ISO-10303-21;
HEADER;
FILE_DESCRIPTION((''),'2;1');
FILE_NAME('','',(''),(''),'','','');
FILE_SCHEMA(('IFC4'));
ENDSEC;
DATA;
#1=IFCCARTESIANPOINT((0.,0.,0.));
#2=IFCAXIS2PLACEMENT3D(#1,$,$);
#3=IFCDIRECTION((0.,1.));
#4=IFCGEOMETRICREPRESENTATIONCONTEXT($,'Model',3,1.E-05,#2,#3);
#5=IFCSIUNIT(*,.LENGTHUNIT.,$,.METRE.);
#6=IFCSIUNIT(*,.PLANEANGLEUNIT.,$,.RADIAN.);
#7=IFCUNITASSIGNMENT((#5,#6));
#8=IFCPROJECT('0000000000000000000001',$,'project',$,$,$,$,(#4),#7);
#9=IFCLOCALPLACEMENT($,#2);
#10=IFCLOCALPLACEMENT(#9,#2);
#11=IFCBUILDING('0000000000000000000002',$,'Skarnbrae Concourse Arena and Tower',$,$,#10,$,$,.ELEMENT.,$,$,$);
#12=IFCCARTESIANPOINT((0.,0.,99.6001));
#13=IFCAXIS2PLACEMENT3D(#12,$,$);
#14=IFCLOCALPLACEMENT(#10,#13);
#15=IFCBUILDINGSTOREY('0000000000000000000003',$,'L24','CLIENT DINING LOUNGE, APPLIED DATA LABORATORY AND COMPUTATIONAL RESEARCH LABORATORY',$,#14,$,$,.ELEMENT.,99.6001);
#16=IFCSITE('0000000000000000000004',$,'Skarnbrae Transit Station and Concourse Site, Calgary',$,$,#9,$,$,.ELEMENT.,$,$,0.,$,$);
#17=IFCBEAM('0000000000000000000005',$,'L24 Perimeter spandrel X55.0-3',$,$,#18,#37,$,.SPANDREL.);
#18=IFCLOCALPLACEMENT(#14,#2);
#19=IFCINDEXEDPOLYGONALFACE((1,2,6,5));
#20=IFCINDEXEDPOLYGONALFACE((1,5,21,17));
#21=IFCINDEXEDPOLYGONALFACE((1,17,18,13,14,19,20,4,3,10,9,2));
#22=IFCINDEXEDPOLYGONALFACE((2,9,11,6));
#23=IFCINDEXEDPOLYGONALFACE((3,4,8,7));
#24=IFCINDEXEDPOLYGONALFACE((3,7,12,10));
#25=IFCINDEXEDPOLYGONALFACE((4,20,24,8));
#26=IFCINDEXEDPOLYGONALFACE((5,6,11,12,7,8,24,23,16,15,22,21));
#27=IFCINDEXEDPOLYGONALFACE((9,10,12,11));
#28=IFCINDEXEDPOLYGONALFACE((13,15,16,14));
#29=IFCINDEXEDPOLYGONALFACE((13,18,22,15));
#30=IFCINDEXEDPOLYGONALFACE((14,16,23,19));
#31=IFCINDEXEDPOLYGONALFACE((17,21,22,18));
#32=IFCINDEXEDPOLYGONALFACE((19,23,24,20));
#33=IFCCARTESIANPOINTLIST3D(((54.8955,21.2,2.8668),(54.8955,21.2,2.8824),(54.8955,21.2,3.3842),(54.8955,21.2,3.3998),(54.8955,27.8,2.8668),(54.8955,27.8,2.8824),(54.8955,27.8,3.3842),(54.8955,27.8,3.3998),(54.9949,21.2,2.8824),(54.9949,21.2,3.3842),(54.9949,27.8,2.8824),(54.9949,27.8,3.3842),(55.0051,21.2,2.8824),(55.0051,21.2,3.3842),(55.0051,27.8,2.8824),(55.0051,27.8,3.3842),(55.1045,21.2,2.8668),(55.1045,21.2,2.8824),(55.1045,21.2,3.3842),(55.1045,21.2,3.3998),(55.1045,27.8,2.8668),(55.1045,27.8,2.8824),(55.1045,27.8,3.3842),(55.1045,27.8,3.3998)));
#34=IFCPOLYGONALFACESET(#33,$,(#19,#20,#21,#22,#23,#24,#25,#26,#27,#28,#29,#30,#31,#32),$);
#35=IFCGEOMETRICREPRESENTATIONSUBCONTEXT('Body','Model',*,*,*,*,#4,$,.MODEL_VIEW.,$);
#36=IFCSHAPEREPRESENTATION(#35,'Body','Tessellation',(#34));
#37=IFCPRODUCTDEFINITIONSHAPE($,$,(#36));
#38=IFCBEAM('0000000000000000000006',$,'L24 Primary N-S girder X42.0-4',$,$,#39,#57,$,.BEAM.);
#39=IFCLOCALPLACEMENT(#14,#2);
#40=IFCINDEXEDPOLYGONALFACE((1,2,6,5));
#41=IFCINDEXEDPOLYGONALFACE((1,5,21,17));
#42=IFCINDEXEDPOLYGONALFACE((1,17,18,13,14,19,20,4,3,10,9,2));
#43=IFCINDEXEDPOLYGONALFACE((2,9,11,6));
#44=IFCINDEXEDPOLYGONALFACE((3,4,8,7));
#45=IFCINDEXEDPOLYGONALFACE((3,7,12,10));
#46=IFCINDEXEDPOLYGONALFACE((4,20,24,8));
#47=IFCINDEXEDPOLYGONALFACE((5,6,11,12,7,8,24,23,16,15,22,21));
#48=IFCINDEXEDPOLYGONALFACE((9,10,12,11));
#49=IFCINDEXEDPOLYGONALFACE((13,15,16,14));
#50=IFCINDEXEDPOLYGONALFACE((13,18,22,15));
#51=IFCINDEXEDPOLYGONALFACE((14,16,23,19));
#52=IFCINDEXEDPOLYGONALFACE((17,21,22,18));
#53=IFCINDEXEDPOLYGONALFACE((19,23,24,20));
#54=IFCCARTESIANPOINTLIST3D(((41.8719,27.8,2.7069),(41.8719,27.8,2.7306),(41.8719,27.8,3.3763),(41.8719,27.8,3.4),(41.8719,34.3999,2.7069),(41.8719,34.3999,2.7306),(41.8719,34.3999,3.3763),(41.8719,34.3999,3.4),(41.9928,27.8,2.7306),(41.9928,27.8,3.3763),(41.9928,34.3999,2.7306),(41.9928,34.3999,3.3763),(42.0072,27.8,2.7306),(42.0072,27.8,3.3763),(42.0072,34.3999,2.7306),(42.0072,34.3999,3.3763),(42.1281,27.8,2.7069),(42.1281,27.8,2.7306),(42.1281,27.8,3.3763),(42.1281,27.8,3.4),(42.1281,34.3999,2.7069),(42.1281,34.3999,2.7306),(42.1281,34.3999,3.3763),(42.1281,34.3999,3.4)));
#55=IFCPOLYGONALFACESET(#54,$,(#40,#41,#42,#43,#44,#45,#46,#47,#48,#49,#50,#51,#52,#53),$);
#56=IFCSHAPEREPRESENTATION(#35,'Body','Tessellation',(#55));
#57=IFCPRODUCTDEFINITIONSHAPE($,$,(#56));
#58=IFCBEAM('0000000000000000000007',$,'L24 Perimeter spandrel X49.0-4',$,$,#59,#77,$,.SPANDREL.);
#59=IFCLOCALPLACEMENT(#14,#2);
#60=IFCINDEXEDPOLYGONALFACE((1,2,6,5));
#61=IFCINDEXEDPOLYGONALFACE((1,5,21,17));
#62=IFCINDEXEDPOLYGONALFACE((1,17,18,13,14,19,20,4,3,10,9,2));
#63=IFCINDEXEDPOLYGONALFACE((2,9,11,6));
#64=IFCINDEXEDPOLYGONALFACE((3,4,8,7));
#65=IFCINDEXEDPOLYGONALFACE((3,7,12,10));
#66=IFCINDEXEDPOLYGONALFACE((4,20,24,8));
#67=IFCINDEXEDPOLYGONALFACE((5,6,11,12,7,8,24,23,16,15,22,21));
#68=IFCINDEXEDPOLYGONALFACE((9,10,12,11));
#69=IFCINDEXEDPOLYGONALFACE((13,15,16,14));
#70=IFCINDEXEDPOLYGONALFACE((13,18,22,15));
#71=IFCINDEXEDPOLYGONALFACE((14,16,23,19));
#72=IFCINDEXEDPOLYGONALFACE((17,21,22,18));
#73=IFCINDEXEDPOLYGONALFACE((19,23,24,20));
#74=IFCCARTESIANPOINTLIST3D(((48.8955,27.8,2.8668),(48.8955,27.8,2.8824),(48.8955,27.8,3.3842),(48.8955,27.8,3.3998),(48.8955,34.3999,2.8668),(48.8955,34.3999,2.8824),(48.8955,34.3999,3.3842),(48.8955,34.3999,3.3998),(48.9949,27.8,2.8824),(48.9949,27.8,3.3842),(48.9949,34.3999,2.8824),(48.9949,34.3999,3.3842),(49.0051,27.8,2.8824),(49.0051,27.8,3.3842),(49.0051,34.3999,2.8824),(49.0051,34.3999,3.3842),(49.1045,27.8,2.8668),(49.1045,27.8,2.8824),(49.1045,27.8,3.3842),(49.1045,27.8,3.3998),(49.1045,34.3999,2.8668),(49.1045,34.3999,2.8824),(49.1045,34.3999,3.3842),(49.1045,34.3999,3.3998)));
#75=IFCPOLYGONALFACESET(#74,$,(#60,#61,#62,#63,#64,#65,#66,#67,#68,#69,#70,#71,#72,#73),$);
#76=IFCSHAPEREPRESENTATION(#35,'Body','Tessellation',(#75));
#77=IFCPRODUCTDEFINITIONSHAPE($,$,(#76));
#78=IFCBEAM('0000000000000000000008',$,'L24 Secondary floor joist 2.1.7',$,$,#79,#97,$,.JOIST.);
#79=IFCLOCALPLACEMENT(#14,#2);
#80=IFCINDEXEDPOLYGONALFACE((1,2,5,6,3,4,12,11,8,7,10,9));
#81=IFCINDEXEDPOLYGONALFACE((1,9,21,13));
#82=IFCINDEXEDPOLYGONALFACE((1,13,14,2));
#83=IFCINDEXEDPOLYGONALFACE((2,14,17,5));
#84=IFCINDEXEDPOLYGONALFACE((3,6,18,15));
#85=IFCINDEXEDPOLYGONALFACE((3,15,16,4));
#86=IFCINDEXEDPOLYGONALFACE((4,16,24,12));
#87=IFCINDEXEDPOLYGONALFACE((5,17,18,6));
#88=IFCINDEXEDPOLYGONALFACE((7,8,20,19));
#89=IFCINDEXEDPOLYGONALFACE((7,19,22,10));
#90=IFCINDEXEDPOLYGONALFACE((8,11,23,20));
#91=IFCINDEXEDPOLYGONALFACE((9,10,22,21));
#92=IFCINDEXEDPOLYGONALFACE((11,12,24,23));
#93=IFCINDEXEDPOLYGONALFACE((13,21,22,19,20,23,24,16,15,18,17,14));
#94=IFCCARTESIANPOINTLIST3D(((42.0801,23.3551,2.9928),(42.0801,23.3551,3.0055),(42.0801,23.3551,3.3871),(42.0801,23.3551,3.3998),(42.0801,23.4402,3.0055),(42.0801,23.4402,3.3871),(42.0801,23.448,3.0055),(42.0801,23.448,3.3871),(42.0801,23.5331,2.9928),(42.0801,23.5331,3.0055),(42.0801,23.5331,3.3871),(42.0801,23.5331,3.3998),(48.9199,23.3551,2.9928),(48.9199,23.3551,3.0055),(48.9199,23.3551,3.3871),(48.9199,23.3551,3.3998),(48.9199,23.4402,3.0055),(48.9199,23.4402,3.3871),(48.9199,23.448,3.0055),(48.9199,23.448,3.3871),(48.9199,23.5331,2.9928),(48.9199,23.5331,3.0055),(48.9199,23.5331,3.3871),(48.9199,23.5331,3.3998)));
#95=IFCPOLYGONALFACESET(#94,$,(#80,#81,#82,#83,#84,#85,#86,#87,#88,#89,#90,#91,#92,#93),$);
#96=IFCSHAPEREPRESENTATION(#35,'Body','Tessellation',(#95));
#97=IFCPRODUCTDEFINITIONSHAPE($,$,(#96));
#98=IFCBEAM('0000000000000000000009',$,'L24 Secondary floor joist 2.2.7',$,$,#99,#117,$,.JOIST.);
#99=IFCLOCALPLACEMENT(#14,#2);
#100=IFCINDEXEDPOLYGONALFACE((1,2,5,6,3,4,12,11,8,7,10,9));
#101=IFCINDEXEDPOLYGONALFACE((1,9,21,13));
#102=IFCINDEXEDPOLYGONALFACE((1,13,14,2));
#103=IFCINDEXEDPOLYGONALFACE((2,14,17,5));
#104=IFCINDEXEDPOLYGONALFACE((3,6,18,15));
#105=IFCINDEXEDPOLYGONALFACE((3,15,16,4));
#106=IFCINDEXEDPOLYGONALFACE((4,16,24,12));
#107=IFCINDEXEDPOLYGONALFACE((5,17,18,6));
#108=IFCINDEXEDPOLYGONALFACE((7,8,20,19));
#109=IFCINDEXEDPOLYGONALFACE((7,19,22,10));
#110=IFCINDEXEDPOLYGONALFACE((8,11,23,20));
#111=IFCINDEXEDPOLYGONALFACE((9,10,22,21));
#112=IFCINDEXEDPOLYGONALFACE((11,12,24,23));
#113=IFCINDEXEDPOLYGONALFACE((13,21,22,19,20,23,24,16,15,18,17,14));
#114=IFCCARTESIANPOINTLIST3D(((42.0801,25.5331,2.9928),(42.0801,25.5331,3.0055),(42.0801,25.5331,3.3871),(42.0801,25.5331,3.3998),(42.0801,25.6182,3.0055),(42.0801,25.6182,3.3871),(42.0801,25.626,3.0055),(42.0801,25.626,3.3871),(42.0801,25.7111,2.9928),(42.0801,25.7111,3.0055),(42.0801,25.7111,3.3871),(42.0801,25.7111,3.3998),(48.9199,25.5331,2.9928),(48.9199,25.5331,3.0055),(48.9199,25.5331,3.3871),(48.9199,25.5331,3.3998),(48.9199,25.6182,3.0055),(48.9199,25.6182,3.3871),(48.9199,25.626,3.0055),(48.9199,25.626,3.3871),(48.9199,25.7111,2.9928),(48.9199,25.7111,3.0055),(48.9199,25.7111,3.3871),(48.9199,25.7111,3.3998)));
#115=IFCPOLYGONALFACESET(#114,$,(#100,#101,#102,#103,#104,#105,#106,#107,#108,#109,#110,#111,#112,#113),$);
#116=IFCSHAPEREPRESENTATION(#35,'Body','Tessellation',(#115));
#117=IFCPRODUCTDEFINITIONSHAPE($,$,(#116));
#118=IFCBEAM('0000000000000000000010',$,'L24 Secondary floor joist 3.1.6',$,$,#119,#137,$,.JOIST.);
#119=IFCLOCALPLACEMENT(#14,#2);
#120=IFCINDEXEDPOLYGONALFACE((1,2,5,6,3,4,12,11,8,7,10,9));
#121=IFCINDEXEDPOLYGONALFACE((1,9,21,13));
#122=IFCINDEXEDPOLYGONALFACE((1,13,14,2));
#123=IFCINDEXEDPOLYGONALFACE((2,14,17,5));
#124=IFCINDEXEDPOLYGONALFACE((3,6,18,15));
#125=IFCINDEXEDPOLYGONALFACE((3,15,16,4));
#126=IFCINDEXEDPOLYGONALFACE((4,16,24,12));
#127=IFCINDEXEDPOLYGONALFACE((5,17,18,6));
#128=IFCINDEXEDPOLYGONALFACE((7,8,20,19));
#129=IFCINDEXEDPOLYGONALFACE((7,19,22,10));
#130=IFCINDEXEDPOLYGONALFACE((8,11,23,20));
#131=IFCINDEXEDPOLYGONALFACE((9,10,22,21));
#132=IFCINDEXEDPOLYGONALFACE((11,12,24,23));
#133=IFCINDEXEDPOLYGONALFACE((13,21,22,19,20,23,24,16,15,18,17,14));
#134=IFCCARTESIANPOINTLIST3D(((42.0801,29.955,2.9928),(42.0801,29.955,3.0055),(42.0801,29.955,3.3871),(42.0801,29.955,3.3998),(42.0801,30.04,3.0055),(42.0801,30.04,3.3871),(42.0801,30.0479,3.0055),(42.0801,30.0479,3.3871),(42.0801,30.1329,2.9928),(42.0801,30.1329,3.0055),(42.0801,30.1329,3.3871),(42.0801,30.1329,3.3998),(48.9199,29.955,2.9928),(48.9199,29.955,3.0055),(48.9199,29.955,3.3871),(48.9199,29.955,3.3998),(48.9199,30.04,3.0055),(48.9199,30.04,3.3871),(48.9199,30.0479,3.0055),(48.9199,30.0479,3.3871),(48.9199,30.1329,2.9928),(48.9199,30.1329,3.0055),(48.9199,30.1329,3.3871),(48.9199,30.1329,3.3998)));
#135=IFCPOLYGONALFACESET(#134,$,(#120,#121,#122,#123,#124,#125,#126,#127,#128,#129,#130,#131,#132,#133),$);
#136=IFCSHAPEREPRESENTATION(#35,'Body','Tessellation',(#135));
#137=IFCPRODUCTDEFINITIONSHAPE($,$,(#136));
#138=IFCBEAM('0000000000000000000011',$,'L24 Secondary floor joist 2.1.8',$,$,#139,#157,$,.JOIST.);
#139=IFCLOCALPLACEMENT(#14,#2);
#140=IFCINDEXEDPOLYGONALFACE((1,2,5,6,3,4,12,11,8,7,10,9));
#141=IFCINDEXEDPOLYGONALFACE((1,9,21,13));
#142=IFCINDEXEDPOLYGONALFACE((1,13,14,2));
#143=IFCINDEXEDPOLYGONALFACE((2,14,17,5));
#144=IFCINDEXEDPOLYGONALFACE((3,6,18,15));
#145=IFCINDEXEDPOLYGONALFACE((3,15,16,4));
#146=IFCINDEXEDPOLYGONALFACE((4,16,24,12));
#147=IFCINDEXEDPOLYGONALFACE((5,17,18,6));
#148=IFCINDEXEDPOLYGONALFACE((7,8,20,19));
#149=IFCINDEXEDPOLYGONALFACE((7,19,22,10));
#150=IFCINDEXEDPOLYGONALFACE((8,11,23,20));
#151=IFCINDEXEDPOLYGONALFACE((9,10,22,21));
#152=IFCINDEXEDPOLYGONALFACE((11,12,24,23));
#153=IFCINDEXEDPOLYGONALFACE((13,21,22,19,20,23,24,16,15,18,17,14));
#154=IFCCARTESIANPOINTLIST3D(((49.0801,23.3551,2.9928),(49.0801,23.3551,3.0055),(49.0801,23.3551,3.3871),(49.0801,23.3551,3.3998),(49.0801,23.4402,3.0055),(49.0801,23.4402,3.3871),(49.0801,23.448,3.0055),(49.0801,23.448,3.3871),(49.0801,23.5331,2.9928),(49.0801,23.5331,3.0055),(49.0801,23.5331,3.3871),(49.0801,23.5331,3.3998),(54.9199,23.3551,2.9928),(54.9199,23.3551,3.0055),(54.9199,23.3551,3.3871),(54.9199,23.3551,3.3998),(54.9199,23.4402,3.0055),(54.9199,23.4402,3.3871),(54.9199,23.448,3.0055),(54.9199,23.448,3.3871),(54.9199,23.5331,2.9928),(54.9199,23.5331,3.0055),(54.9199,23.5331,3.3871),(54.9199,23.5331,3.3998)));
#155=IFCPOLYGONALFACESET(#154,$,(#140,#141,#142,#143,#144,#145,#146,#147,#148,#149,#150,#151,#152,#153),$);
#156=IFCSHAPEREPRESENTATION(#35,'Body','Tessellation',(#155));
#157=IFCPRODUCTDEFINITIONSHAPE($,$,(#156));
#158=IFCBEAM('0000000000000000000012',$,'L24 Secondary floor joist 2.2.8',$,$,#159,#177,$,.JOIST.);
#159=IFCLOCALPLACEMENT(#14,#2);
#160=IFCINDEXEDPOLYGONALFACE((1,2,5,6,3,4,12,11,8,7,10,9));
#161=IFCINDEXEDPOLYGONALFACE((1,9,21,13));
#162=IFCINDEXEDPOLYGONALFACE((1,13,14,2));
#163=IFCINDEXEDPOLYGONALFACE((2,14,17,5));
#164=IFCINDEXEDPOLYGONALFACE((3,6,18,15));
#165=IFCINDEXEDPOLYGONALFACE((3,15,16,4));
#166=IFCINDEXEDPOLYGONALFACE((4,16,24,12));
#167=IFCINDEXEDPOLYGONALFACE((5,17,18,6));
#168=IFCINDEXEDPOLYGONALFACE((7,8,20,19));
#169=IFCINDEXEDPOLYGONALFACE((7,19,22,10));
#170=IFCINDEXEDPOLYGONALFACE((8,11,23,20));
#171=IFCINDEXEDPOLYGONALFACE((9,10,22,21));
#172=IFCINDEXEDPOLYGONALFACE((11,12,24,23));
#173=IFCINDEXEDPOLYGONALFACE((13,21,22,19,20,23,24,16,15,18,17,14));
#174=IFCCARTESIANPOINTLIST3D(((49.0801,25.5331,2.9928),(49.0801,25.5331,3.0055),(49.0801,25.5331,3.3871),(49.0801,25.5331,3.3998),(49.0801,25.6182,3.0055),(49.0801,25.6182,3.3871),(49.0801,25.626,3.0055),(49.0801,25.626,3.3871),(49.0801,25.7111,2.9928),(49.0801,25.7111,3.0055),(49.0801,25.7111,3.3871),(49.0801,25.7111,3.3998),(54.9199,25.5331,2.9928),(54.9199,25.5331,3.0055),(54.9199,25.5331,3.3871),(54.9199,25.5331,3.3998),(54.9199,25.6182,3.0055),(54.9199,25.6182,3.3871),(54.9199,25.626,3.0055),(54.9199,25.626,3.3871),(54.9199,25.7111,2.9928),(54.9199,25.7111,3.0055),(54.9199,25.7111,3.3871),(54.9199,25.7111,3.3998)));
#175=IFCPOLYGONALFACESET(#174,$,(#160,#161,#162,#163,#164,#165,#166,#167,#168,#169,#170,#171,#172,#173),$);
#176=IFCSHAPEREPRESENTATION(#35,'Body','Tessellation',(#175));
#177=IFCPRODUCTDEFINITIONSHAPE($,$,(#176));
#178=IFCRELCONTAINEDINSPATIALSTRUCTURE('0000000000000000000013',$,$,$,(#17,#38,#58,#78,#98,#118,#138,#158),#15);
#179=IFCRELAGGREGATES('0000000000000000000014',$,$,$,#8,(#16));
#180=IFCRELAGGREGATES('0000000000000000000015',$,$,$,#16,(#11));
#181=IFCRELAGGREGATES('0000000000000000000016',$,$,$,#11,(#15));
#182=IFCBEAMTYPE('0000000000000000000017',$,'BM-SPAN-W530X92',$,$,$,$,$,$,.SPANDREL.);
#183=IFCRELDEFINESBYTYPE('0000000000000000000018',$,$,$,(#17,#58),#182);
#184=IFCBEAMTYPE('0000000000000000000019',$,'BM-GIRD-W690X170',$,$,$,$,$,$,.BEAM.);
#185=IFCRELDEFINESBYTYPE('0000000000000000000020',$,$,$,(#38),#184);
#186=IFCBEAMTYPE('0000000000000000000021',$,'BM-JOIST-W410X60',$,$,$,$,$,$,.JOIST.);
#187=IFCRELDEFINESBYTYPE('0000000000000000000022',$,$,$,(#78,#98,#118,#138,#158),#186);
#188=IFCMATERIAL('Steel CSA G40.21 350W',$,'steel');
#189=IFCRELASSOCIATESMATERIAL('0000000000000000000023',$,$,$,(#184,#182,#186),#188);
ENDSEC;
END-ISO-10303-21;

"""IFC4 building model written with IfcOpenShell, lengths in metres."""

from ifc_helpers import new_model, si_unit, direction, frame, origin, origin_2d, place, context, subcontext, project, spatial, i_section, extrude, source, transform, mapped, material, material_profile, profile_set, type_object, element, save


model = new_model("IFC4")

# Units and contexts
model_context = context("Model", 3, precision=1e-05, world=origin(), true_north=direction((0.0, 1.0)))
body_context = subcontext(model_context, "Body", "Model", "MODEL_VIEW")
ifc_project = project(units=[si_unit("LENGTHUNIT", "METRE"), si_unit("PLANEANGLEUNIT", "RADIAN")], contexts=[model_context])

# Site, building, storey
site_placement = place(None, origin())
site = spatial("IfcSite", under=ifc_project, at=site_placement, Name="Skarnbrae Transit Station and Concourse Site, Calgary", CompositionType="ELEMENT", RefElevation=0.0)
building_placement = place(site_placement, origin())
building = spatial("IfcBuilding", under=site, at=building_placement, Name="Skarnbrae Concourse Arena and Tower", CompositionType="ELEMENT")
storey_placement = place(building_placement, frame((0.0, 0.0, 99.6001)))
storey = spatial("IfcBuildingStorey", under=building, at=storey_placement, Name="L24", Description="CLIENT DINING LOUNGE, APPLIED DATA LABORATORY AND COMPUTATIONAL RESEARCH LABORATORY", CompositionType="ELEMENT", Elevation=99.6001)

# Shared definitions
ifc_material_1 = material(Name="Steel CSA G40.21 350W", Category="steel")

# Beams
ifc_material_profile_1 = material_profile(ifc_material_1, i_section(OverallWidth=0.2561, OverallDepth=0.6931, WebThickness=0.0144, FlangeThickness=0.0237, at=origin_2d()), Name="W690X170")
ifc_profile_set_1 = profile_set([ifc_material_profile_1], Name="Steel CSA G40.21 350W")
beam_type_1 = type_object("IfcBeamType", Name="BM-GIRD-W690X170", PredefinedType="BEAM", material=ifc_profile_set_1)
ifc_material_profile_2 = material_profile(ifc_material_1, i_section(OverallWidth=0.209, OverallDepth=0.533, WebThickness=0.0103, FlangeThickness=0.0156, at=origin_2d()), Name="W530X92")
ifc_profile_set_2 = profile_set([ifc_material_profile_2], Name="Steel CSA G40.21 350W")
beam_type_2 = type_object("IfcBeamType", Name="BM-SPAN-W530X92", PredefinedType="SPANDREL", material=ifc_profile_set_2)
shared_shape_1 = source(origin(), body_context, "Body", "SweptSolid", [
    extrude(i_section(OverallWidth=0.209, OverallDepth=0.533, WebThickness=0.0103, FlangeThickness=0.0156, at=origin_2d()), origin(), (0.0, 0.0, 1.0), 6.6001),
])
for number, where, z_axis, x_axis, name in (
    (1, (55.0, 21.2, 3.1333), (0.0, 1.0, 0.0), (-1.0, 0.0, 0.0), "L24 Perimeter spandrel X55.0-3"),
):
    element("IfcBeam", number, at=place(storey_placement, frame(where, z_axis=z_axis, x_axis=x_axis)), inside=storey, type_object=beam_type_2, Name=name, PredefinedType="SPANDREL", context=body_context, shape_type="MappedRepresentation", body=[
        mapped(shared_shape_1, transform((0.0, 0.0, 0.0))),
    ])
shared_shape_2 = source(origin(), body_context, "Body", "SweptSolid", [
    extrude(i_section(OverallWidth=0.2561, OverallDepth=0.6931, WebThickness=0.0144, FlangeThickness=0.0237, at=origin_2d()), origin(), (0.0, 0.0, 1.0), 6.5999),
])
beam_1_placement = place(storey_placement, frame((42.0, 27.8, 3.0535), z_axis=(0.0, 1.0, 0.0), x_axis=(-1.0, 0.0, 0.0)))
element("IfcBeam", 2, at=beam_1_placement, inside=storey, type_object=beam_type_1, Name="L24 Primary N-S girder X42.0-4", PredefinedType="BEAM", context=body_context, shape_type="MappedRepresentation", body=[
    mapped(shared_shape_2, transform((0.0, 0.0, 0.0))),
])
shared_shape_3 = source(origin(), body_context, "Body", "SweptSolid", [
    extrude(i_section(OverallWidth=0.209, OverallDepth=0.533, WebThickness=0.0103, FlangeThickness=0.0156, at=origin_2d()), origin(), (0.0, 0.0, 1.0), 6.5999),
])
beam_2_placement = place(storey_placement, frame((49.0, 27.8, 3.1333), z_axis=(0.0, 1.0, 0.0), x_axis=(-1.0, 0.0, 0.0)))
element("IfcBeam", 3, at=beam_2_placement, inside=storey, type_object=beam_type_2, Name="L24 Perimeter spandrel X49.0-4", PredefinedType="SPANDREL", context=body_context, shape_type="MappedRepresentation", body=[
    mapped(shared_shape_3, transform((0.0, 0.0, 0.0))),
])
ifc_material_profile_3 = material_profile(ifc_material_1, i_section(OverallWidth=0.178, OverallDepth=0.407, WebThickness=0.0078, FlangeThickness=0.0127, at=origin_2d()), Name="W410X60")
ifc_profile_set_3 = profile_set([ifc_material_profile_3], Name="Steel CSA G40.21 350W")
beam_type_3 = type_object("IfcBeamType", Name="BM-JOIST-W410X60", PredefinedType="JOIST", material=ifc_profile_set_3)
shared_shape_4 = source(origin(), body_context, "Body", "SweptSolid", [
    extrude(i_section(OverallWidth=0.178, OverallDepth=0.407, WebThickness=0.0078, FlangeThickness=0.0127, at=origin_2d()), origin(), (0.0, 0.0, 1.0), 6.8398),
])
for number, where, z_axis, x_axis, name in (
    (4, (42.0801, 23.4441, 3.1963), (1.0, 0.0, 0.0), (0.0, 1.0, 0.0), "L24 Secondary floor joist 2.1.7"),
    (5, (42.0801, 25.6221, 3.1963), (1.0, 0.0, 0.0), (0.0, 1.0, 0.0), "L24 Secondary floor joist 2.2.7"),
    (6, (42.0801, 30.0439, 3.1963), (1.0, 0.0, 0.0), (0.0, 1.0, 0.0), "L24 Secondary floor joist 3.1.6"),
):
    element("IfcBeam", number, at=place(storey_placement, frame(where, z_axis=z_axis, x_axis=x_axis)), inside=storey, type_object=beam_type_3, Name=name, PredefinedType="JOIST", context=body_context, shape_type="MappedRepresentation", body=[
        mapped(shared_shape_4, transform((0.0, 0.0, 0.0))),
    ])
shared_shape_5 = source(origin(), body_context, "Body", "SweptSolid", [
    extrude(i_section(OverallWidth=0.178, OverallDepth=0.407, WebThickness=0.0078, FlangeThickness=0.0127, at=origin_2d()), origin(), (0.0, 0.0, 1.0), 5.8398),
])
for number, where, z_axis, x_axis, name in (
    (7, (49.0801, 23.4441, 3.1963), (1.0, 0.0, 0.0), (0.0, 1.0, 0.0), "L24 Secondary floor joist 2.1.8"),
    (8, (49.0801, 25.6221, 3.1963), (1.0, 0.0, 0.0), (0.0, 1.0, 0.0), "L24 Secondary floor joist 2.2.8"),
):
    element("IfcBeam", number, at=place(storey_placement, frame(where, z_axis=z_axis, x_axis=x_axis)), inside=storey, type_object=beam_type_3, Name=name, PredefinedType="JOIST", context=body_context, shape_type="MappedRepresentation", body=[
        mapped(shared_shape_5, transform((0.0, 0.0, 0.0))),
    ])

save(model, "model.ifc")
